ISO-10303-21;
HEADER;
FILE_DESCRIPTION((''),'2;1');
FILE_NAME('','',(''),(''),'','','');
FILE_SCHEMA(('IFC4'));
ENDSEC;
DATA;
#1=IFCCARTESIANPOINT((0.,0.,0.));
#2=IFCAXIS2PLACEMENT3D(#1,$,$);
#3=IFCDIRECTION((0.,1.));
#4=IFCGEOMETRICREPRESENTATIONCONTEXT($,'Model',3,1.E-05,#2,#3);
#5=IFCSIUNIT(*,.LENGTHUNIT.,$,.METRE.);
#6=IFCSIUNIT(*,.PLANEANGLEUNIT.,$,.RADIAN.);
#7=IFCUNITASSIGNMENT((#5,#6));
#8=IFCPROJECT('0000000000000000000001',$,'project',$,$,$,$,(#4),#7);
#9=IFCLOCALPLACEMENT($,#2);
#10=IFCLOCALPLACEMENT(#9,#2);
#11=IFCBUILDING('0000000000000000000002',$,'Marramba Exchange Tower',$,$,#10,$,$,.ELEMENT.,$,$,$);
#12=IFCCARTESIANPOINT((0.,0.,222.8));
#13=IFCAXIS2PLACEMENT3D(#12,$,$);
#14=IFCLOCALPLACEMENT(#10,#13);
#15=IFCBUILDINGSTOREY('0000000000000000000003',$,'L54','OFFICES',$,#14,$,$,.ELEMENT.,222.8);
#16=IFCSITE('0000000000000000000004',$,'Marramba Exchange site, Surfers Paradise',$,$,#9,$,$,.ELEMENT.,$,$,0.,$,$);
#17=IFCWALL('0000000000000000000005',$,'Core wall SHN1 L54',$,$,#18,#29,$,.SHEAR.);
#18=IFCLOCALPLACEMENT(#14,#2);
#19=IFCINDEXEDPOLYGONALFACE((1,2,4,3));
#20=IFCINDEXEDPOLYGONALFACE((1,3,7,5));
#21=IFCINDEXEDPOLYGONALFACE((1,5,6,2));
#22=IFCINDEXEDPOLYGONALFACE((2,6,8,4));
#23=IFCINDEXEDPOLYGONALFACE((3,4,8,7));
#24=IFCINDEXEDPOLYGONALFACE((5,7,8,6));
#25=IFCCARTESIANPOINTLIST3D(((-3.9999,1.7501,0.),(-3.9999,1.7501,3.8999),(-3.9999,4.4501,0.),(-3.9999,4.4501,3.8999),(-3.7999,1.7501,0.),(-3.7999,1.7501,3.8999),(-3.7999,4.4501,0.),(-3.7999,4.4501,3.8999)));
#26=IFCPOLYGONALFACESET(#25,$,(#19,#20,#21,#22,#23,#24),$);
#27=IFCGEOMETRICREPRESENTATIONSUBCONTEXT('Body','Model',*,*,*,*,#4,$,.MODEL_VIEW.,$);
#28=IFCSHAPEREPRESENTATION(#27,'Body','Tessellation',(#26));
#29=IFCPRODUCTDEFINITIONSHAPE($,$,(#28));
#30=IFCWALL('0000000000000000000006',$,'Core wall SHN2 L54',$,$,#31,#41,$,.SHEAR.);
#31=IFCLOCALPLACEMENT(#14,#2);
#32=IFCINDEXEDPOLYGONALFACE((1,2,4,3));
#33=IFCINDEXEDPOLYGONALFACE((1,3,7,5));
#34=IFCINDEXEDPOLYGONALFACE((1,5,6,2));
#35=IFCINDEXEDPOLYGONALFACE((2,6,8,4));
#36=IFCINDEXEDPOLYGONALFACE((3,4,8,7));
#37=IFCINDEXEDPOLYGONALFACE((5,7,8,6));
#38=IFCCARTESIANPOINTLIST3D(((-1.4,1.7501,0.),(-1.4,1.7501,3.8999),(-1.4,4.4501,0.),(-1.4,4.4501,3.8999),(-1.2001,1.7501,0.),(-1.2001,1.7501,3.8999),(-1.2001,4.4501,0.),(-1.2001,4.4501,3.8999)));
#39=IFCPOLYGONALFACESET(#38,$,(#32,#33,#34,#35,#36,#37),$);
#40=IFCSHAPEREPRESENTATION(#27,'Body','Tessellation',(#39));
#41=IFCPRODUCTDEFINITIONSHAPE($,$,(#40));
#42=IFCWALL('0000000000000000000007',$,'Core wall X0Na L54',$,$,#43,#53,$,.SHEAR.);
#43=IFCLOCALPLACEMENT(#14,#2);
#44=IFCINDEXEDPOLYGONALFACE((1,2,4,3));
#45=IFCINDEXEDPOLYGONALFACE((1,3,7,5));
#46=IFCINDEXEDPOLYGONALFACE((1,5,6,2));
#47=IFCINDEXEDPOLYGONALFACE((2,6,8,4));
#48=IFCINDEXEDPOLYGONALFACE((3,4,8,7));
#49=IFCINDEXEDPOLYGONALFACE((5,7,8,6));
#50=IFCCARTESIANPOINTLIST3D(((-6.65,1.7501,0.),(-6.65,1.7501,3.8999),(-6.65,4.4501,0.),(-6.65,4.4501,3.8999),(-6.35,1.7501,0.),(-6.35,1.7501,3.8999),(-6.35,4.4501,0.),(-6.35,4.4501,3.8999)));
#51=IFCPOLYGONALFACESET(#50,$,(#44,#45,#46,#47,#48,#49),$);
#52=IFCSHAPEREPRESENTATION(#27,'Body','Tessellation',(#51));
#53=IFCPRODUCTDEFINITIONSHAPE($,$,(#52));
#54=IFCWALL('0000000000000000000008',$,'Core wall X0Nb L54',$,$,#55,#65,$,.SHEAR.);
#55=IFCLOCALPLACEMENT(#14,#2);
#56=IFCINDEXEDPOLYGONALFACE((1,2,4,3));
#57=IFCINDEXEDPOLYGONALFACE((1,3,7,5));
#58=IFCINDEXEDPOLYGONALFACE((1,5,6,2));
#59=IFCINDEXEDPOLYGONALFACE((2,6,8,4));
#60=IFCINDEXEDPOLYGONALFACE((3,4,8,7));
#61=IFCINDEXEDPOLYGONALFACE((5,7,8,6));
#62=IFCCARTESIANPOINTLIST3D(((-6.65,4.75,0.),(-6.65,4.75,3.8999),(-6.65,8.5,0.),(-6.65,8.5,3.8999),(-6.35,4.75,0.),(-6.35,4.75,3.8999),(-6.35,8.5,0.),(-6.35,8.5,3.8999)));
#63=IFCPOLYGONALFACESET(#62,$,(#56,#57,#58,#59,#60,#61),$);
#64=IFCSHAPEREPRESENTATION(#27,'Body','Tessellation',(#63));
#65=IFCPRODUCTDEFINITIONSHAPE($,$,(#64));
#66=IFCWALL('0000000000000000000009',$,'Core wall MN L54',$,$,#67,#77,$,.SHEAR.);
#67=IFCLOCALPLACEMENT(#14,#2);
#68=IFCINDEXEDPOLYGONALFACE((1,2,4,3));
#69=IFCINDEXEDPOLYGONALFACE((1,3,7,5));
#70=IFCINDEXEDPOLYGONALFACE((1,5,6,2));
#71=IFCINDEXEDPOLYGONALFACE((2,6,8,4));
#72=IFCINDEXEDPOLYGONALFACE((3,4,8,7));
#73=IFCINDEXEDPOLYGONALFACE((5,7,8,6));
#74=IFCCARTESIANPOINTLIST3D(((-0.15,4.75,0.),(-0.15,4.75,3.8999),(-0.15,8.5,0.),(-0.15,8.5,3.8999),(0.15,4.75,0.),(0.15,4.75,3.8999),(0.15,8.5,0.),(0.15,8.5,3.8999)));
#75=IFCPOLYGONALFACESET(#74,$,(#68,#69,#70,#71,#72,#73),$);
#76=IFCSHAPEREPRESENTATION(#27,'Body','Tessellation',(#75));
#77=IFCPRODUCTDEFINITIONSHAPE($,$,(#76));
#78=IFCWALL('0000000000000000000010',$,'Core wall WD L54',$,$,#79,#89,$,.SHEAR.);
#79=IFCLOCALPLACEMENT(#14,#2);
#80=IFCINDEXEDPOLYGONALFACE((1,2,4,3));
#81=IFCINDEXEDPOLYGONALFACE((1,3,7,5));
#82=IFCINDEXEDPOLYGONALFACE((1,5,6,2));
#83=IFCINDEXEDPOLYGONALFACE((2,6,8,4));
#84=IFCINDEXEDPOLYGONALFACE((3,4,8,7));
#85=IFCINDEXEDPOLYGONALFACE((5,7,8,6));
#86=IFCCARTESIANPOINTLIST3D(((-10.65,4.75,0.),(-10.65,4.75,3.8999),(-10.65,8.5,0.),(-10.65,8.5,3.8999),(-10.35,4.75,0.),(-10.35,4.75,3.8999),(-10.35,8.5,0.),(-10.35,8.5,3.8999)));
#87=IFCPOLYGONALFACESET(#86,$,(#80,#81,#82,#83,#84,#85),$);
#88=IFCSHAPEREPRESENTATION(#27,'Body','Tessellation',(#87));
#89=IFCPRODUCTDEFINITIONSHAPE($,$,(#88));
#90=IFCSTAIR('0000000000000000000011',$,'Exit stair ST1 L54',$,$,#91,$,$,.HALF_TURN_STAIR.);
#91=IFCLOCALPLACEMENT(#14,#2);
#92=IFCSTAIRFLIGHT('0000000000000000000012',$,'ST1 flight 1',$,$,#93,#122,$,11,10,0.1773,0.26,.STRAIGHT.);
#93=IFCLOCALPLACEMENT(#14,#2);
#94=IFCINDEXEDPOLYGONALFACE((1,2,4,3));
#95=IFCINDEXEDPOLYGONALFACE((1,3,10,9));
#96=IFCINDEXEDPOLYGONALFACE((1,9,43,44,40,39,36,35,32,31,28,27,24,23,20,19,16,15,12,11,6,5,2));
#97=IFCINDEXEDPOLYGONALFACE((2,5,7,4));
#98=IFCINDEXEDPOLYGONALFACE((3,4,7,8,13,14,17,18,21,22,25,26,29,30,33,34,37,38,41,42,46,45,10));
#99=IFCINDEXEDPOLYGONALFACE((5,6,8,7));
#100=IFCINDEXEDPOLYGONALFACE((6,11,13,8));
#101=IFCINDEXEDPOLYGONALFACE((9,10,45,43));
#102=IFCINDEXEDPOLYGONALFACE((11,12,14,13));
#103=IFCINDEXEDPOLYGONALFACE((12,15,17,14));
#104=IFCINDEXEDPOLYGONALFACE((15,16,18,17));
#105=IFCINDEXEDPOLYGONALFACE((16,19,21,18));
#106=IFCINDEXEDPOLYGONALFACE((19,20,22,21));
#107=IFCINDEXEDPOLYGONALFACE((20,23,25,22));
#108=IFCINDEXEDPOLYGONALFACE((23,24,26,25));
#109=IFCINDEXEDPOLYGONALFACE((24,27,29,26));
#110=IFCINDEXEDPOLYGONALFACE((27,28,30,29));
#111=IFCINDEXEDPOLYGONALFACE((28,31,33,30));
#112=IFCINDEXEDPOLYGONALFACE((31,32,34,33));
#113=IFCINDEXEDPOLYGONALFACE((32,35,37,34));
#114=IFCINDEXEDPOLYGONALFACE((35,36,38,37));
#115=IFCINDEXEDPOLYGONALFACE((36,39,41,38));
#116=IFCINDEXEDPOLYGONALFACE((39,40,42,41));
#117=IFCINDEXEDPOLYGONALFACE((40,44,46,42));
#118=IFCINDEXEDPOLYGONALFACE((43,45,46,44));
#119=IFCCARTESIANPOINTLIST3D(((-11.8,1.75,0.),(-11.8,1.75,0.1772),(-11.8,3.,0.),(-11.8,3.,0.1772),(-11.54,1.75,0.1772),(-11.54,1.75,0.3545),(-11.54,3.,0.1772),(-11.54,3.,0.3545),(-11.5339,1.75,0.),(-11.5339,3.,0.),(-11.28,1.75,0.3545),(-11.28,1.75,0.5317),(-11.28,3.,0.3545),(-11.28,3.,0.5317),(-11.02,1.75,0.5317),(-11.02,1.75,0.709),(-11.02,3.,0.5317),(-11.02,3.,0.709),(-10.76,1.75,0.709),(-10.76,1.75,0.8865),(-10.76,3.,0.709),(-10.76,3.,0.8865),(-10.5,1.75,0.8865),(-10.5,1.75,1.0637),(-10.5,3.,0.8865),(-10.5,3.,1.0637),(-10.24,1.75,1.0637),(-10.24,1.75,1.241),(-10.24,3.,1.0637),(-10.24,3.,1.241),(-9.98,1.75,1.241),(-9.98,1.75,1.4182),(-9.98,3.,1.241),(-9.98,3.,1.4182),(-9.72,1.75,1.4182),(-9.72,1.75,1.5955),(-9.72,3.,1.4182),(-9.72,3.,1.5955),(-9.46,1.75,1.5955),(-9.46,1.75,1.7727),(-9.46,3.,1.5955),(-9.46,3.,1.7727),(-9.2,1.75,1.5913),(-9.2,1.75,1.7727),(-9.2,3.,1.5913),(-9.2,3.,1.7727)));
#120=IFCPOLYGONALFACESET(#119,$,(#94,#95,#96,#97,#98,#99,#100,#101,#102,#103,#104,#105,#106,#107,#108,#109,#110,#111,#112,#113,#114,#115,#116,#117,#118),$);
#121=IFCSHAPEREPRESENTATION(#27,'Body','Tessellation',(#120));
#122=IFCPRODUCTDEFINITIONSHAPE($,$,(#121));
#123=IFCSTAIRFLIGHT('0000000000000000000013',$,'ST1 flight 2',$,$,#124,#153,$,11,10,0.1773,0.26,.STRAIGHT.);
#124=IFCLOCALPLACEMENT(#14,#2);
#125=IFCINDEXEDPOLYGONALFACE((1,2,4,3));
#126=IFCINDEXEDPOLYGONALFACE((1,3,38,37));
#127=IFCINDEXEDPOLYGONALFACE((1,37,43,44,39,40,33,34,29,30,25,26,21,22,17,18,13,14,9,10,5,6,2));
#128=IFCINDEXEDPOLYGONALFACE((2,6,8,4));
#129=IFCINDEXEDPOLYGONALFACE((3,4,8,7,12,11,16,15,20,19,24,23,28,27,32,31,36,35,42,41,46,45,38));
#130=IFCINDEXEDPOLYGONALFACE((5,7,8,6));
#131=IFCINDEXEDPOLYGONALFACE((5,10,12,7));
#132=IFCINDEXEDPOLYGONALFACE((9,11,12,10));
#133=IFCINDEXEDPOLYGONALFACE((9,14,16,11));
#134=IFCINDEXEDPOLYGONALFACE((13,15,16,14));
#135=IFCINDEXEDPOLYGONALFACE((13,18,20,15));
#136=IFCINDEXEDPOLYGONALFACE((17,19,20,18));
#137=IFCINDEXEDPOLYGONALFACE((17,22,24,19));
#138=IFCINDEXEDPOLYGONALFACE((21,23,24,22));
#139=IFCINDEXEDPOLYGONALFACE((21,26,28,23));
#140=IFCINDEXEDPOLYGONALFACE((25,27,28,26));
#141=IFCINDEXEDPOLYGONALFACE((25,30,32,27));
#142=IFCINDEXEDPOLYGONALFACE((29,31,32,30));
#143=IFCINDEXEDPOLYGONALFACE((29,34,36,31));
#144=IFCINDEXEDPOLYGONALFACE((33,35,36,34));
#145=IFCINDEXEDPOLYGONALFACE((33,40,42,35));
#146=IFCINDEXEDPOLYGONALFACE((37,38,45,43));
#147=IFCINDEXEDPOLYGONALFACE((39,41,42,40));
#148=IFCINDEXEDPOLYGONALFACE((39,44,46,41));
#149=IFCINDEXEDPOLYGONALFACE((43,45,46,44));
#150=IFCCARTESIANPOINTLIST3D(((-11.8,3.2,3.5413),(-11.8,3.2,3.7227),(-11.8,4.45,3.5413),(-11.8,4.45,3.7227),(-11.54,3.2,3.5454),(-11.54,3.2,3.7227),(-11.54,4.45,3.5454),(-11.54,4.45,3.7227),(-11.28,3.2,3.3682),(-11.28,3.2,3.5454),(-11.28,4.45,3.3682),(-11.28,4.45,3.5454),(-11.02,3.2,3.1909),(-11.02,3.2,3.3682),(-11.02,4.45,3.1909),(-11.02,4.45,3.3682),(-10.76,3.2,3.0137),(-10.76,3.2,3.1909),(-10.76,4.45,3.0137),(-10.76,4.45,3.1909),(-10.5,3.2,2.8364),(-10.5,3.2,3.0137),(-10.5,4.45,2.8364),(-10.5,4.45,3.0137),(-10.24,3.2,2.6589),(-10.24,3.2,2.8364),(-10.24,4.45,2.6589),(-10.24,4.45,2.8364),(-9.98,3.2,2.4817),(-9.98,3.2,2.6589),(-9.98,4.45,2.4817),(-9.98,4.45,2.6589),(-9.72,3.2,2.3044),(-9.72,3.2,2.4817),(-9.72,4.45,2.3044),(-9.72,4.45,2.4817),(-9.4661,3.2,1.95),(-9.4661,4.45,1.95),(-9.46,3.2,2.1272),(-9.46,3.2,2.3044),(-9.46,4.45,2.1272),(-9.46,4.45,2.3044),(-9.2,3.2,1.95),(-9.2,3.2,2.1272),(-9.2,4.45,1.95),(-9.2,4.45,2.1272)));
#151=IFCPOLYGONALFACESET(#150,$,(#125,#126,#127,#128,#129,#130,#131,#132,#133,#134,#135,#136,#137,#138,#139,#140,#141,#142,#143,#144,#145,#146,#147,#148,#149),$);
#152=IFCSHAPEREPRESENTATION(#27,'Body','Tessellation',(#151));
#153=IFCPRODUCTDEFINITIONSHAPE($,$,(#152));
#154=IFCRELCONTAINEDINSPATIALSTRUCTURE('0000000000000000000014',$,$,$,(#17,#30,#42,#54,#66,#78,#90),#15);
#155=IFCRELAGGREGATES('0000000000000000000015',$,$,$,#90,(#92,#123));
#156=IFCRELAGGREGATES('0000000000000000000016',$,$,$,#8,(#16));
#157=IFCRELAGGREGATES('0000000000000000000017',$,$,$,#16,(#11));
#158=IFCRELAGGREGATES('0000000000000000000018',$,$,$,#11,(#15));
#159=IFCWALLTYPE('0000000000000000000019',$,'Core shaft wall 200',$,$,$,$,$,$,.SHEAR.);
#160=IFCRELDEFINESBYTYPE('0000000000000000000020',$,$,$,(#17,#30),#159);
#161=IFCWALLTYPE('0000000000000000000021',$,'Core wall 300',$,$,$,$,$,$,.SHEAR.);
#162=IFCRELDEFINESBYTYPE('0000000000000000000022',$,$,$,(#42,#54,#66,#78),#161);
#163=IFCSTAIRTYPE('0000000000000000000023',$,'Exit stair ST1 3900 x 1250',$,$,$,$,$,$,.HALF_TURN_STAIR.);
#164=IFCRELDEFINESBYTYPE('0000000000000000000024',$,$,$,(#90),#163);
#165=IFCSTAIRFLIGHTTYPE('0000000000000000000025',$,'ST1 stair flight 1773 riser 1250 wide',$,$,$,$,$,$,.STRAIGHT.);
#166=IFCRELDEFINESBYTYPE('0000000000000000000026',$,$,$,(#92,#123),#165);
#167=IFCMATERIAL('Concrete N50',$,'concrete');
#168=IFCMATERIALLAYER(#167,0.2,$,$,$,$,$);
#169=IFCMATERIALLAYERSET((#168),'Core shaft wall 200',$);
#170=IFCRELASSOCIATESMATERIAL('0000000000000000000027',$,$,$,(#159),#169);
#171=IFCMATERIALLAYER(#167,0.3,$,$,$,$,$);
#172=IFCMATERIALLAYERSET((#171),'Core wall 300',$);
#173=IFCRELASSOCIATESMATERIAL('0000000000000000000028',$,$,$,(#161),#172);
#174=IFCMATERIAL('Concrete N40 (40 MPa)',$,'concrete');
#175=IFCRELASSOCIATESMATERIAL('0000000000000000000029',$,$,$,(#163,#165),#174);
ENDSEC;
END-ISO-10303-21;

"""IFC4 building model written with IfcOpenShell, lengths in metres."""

from ifc_helpers import new_model, si_unit, direction, frame, frame_2d, origin, place, context, subcontext, project, spatial, polyline, rectangle, outline, extrude, material, layer, layer_set, type_object, element, aggregate, save


model = new_model("IFC4")

# Units and contexts
model_context = context("Model", 3, precision=1e-05, world=origin(), true_north=direction((0.0, 1.0)))
body_context = subcontext(model_context, "Body", "Model", "MODEL_VIEW")
ifc_project = project(units=[si_unit("LENGTHUNIT", "METRE"), si_unit("PLANEANGLEUNIT", "RADIAN")], contexts=[model_context])

# Site, building, storey
site_placement = place(None, origin())
site = spatial("IfcSite", under=ifc_project, at=site_placement, Name="Marramba Exchange site, Surfers Paradise", CompositionType="ELEMENT", RefElevation=0.0)
building_placement = place(site_placement, origin())
building = spatial("IfcBuilding", under=site, at=building_placement, Name="Marramba Exchange Tower", CompositionType="ELEMENT")
storey_placement = place(building_placement, frame((0.0, 0.0, 222.8)))
storey = spatial("IfcBuildingStorey", under=building, at=storey_placement, Name="L54", Description="OFFICES", CompositionType="ELEMENT", Elevation=222.8)

# Shared definitions
ifc_material_1 = material(Name="Concrete N50", Category="concrete")

# Walls
ifc_layer_1 = layer(ifc_material_1, 0.2)
ifc_layer_set_1 = layer_set([ifc_layer_1], Name="Core shaft wall 200")
wall_type_1 = type_object("IfcWallType", Name="Core shaft wall 200", PredefinedType="SHEAR", material=ifc_layer_set_1)
for number, where, z_axis, x_axis, name in (
    (1, (-3.8999, 1.75, 0.0), (0.0, 0.0, 1.0), (0.0, 1.0, 0.0), "Core wall SHN1 L54"),
    (2, (-1.3, 1.75, 0.0), (0.0, 0.0, 1.0), (0.0, 1.0, 0.0), "Core wall SHN2 L54"),
):
    element("IfcWall", number, at=place(storey_placement, frame(where, z_axis=z_axis, x_axis=x_axis)), inside=storey, type_object=wall_type_1, Name=name, PredefinedType="SHEAR", context=body_context, shape_type="SweptSolid", body=[
        extrude(rectangle(XDim=2.7, YDim=0.2, at=frame_2d((1.3501, 0.0))), origin(), (0.0, 0.0, 1.0), 3.8999),
    ])
ifc_layer_2 = layer(ifc_material_1, 0.3)
ifc_layer_set_2 = layer_set([ifc_layer_2], Name="Core wall 300")
wall_type_2 = type_object("IfcWallType", Name="Core wall 300", PredefinedType="SHEAR", material=ifc_layer_set_2)
wall_1_placement = place(storey_placement, frame((-6.5, 1.75, 0.0), z_axis=(0.0, 0.0, 1.0), x_axis=(0.0, 1.0, 0.0)))
element("IfcWall", 3, at=wall_1_placement, inside=storey, type_object=wall_type_2, Name="Core wall X0Na L54", PredefinedType="SHEAR", context=body_context, shape_type="SweptSolid", body=[
    extrude(rectangle(XDim=2.7, YDim=0.3, at=frame_2d((1.3501, 0.0))), origin(), (0.0, 0.0, 1.0), 3.8999),
])
for number, where, z_axis, x_axis, name in (
    (4, (-6.5, 4.75, 0.0), (0.0, 0.0, 1.0), (0.0, 1.0, 0.0), "Core wall X0Nb L54"),
    (5, (0.0, 4.75, 0.0), (0.0, 0.0, 1.0), (0.0, 1.0, 0.0), "Core wall MN L54"),
    (6, (-10.5, 4.75, 0.0), (0.0, 0.0, 1.0), (0.0, 1.0, 0.0), "Core wall WD L54"),
):
    element("IfcWall", number, at=place(storey_placement, frame(where, z_axis=z_axis, x_axis=x_axis)), inside=storey, type_object=wall_type_2, Name=name, PredefinedType="SHEAR", context=body_context, shape_type="SweptSolid", body=[
        extrude(rectangle(XDim=3.75, YDim=0.3, at=frame_2d((1.875, 0.0))), origin(), (0.0, 0.0, 1.0), 3.8999),
    ])

# Stair, stair flights
ifc_material_2 = material(Name="Concrete N40 (40 MPa)", Category="concrete")
stair_type = type_object("IfcStairType", Name="Exit stair ST1 3900 x 1250", PredefinedType="HALF_TURN_STAIR", material=ifc_material_2)
stair_placement = place(storey_placement, origin())
stair = element("IfcStair", 7, at=stair_placement, inside=storey, type_object=stair_type, Name="Exit stair ST1 L54", PredefinedType="HALF_TURN_STAIR")
stair_flight_type = type_object("IfcStairFlightType", Name="ST1 stair flight 1773 riser 1250 wide", PredefinedType="STRAIGHT", material=ifc_material_2)
stair_flight_1_placement = place(storey_placement, frame((-11.8, 2.375, 0.0), z_axis=(0.0, 0.0, 1.0), x_axis=(1.0, 0.0, 0.0)))
stair_flight_1 = element("IfcStairFlight", 8, at=stair_flight_1_placement, type_object=stair_flight_type, Name="ST1 flight 1", NumberOfRisers=11, NumberOfTreads=10, PredefinedType="STRAIGHT", RiserHeight=0.1773, TreadLength=0.26, context=body_context, shape_type="SweptSolid", body=[
    extrude(outline(polyline([(0.0, 0.0), (0.0, 0.1772), (0.26, 0.1772), (0.26, 0.3545), (0.52, 0.3545), (0.52, 0.5317), (0.78, 0.5317), (0.78, 0.709), (1.04, 0.709), (1.04, 0.8865), (1.3, 0.8865), (1.3, 1.0637), (1.5601, 1.0637), (1.5601, 1.241), (1.8201, 1.241), (1.8201, 1.4182), (2.0801, 1.4182), (2.0801, 1.5955), (2.3401, 1.5955), (2.3401, 1.7727), (2.6001, 1.7727), (2.6001, 1.95), (2.6001, 1.5913), (0.2661, 0.0), (0.0, 0.0)])), frame((0.0, 0.625, 0.0), z_axis=(0.0, -1.0, 0.0), x_axis=(1.0, 0.0, 0.0)), (0.0, 0.0, 1.0), 1.25),
])
stair_flight_2_placement = place(storey_placement, frame((-9.2, 3.825, 1.95), z_axis=(0.0, 0.0, 1.0), x_axis=(-1.0, 0.0, 0.0)))
stair_flight_2 = element("IfcStairFlight", 9, at=stair_flight_2_placement, type_object=stair_flight_type, Name="ST1 flight 2", NumberOfRisers=11, NumberOfTreads=10, PredefinedType="STRAIGHT", RiserHeight=0.1773, TreadLength=0.26, context=body_context, shape_type="SweptSolid", body=[
    extrude(outline(polyline([(0.0, 0.0), (0.0, 0.1772), (0.26, 0.1772), (0.26, 0.3545), (0.52, 0.3545), (0.52, 0.5317), (0.78, 0.5317), (0.78, 0.709), (1.04, 0.709), (1.04, 0.8865), (1.3, 0.8865), (1.3, 1.0637), (1.5601, 1.0637), (1.5601, 1.241), (1.8201, 1.241), (1.8201, 1.4182), (2.0801, 1.4182), (2.0801, 1.5955), (2.3401, 1.5955), (2.3401, 1.7727), (2.6001, 1.7727), (2.6001, 1.95), (2.6001, 1.5913), (0.2661, 0.0), (0.0, 0.0)])), frame((0.0, 0.625, 0.0), z_axis=(0.0, -1.0, 0.0), x_axis=(1.0, 0.0, 0.0)), (0.0, 0.0, 1.0), 1.25),
])
aggregate(stair, [stair_flight_1, stair_flight_2])

save(model, "model.ifc")
